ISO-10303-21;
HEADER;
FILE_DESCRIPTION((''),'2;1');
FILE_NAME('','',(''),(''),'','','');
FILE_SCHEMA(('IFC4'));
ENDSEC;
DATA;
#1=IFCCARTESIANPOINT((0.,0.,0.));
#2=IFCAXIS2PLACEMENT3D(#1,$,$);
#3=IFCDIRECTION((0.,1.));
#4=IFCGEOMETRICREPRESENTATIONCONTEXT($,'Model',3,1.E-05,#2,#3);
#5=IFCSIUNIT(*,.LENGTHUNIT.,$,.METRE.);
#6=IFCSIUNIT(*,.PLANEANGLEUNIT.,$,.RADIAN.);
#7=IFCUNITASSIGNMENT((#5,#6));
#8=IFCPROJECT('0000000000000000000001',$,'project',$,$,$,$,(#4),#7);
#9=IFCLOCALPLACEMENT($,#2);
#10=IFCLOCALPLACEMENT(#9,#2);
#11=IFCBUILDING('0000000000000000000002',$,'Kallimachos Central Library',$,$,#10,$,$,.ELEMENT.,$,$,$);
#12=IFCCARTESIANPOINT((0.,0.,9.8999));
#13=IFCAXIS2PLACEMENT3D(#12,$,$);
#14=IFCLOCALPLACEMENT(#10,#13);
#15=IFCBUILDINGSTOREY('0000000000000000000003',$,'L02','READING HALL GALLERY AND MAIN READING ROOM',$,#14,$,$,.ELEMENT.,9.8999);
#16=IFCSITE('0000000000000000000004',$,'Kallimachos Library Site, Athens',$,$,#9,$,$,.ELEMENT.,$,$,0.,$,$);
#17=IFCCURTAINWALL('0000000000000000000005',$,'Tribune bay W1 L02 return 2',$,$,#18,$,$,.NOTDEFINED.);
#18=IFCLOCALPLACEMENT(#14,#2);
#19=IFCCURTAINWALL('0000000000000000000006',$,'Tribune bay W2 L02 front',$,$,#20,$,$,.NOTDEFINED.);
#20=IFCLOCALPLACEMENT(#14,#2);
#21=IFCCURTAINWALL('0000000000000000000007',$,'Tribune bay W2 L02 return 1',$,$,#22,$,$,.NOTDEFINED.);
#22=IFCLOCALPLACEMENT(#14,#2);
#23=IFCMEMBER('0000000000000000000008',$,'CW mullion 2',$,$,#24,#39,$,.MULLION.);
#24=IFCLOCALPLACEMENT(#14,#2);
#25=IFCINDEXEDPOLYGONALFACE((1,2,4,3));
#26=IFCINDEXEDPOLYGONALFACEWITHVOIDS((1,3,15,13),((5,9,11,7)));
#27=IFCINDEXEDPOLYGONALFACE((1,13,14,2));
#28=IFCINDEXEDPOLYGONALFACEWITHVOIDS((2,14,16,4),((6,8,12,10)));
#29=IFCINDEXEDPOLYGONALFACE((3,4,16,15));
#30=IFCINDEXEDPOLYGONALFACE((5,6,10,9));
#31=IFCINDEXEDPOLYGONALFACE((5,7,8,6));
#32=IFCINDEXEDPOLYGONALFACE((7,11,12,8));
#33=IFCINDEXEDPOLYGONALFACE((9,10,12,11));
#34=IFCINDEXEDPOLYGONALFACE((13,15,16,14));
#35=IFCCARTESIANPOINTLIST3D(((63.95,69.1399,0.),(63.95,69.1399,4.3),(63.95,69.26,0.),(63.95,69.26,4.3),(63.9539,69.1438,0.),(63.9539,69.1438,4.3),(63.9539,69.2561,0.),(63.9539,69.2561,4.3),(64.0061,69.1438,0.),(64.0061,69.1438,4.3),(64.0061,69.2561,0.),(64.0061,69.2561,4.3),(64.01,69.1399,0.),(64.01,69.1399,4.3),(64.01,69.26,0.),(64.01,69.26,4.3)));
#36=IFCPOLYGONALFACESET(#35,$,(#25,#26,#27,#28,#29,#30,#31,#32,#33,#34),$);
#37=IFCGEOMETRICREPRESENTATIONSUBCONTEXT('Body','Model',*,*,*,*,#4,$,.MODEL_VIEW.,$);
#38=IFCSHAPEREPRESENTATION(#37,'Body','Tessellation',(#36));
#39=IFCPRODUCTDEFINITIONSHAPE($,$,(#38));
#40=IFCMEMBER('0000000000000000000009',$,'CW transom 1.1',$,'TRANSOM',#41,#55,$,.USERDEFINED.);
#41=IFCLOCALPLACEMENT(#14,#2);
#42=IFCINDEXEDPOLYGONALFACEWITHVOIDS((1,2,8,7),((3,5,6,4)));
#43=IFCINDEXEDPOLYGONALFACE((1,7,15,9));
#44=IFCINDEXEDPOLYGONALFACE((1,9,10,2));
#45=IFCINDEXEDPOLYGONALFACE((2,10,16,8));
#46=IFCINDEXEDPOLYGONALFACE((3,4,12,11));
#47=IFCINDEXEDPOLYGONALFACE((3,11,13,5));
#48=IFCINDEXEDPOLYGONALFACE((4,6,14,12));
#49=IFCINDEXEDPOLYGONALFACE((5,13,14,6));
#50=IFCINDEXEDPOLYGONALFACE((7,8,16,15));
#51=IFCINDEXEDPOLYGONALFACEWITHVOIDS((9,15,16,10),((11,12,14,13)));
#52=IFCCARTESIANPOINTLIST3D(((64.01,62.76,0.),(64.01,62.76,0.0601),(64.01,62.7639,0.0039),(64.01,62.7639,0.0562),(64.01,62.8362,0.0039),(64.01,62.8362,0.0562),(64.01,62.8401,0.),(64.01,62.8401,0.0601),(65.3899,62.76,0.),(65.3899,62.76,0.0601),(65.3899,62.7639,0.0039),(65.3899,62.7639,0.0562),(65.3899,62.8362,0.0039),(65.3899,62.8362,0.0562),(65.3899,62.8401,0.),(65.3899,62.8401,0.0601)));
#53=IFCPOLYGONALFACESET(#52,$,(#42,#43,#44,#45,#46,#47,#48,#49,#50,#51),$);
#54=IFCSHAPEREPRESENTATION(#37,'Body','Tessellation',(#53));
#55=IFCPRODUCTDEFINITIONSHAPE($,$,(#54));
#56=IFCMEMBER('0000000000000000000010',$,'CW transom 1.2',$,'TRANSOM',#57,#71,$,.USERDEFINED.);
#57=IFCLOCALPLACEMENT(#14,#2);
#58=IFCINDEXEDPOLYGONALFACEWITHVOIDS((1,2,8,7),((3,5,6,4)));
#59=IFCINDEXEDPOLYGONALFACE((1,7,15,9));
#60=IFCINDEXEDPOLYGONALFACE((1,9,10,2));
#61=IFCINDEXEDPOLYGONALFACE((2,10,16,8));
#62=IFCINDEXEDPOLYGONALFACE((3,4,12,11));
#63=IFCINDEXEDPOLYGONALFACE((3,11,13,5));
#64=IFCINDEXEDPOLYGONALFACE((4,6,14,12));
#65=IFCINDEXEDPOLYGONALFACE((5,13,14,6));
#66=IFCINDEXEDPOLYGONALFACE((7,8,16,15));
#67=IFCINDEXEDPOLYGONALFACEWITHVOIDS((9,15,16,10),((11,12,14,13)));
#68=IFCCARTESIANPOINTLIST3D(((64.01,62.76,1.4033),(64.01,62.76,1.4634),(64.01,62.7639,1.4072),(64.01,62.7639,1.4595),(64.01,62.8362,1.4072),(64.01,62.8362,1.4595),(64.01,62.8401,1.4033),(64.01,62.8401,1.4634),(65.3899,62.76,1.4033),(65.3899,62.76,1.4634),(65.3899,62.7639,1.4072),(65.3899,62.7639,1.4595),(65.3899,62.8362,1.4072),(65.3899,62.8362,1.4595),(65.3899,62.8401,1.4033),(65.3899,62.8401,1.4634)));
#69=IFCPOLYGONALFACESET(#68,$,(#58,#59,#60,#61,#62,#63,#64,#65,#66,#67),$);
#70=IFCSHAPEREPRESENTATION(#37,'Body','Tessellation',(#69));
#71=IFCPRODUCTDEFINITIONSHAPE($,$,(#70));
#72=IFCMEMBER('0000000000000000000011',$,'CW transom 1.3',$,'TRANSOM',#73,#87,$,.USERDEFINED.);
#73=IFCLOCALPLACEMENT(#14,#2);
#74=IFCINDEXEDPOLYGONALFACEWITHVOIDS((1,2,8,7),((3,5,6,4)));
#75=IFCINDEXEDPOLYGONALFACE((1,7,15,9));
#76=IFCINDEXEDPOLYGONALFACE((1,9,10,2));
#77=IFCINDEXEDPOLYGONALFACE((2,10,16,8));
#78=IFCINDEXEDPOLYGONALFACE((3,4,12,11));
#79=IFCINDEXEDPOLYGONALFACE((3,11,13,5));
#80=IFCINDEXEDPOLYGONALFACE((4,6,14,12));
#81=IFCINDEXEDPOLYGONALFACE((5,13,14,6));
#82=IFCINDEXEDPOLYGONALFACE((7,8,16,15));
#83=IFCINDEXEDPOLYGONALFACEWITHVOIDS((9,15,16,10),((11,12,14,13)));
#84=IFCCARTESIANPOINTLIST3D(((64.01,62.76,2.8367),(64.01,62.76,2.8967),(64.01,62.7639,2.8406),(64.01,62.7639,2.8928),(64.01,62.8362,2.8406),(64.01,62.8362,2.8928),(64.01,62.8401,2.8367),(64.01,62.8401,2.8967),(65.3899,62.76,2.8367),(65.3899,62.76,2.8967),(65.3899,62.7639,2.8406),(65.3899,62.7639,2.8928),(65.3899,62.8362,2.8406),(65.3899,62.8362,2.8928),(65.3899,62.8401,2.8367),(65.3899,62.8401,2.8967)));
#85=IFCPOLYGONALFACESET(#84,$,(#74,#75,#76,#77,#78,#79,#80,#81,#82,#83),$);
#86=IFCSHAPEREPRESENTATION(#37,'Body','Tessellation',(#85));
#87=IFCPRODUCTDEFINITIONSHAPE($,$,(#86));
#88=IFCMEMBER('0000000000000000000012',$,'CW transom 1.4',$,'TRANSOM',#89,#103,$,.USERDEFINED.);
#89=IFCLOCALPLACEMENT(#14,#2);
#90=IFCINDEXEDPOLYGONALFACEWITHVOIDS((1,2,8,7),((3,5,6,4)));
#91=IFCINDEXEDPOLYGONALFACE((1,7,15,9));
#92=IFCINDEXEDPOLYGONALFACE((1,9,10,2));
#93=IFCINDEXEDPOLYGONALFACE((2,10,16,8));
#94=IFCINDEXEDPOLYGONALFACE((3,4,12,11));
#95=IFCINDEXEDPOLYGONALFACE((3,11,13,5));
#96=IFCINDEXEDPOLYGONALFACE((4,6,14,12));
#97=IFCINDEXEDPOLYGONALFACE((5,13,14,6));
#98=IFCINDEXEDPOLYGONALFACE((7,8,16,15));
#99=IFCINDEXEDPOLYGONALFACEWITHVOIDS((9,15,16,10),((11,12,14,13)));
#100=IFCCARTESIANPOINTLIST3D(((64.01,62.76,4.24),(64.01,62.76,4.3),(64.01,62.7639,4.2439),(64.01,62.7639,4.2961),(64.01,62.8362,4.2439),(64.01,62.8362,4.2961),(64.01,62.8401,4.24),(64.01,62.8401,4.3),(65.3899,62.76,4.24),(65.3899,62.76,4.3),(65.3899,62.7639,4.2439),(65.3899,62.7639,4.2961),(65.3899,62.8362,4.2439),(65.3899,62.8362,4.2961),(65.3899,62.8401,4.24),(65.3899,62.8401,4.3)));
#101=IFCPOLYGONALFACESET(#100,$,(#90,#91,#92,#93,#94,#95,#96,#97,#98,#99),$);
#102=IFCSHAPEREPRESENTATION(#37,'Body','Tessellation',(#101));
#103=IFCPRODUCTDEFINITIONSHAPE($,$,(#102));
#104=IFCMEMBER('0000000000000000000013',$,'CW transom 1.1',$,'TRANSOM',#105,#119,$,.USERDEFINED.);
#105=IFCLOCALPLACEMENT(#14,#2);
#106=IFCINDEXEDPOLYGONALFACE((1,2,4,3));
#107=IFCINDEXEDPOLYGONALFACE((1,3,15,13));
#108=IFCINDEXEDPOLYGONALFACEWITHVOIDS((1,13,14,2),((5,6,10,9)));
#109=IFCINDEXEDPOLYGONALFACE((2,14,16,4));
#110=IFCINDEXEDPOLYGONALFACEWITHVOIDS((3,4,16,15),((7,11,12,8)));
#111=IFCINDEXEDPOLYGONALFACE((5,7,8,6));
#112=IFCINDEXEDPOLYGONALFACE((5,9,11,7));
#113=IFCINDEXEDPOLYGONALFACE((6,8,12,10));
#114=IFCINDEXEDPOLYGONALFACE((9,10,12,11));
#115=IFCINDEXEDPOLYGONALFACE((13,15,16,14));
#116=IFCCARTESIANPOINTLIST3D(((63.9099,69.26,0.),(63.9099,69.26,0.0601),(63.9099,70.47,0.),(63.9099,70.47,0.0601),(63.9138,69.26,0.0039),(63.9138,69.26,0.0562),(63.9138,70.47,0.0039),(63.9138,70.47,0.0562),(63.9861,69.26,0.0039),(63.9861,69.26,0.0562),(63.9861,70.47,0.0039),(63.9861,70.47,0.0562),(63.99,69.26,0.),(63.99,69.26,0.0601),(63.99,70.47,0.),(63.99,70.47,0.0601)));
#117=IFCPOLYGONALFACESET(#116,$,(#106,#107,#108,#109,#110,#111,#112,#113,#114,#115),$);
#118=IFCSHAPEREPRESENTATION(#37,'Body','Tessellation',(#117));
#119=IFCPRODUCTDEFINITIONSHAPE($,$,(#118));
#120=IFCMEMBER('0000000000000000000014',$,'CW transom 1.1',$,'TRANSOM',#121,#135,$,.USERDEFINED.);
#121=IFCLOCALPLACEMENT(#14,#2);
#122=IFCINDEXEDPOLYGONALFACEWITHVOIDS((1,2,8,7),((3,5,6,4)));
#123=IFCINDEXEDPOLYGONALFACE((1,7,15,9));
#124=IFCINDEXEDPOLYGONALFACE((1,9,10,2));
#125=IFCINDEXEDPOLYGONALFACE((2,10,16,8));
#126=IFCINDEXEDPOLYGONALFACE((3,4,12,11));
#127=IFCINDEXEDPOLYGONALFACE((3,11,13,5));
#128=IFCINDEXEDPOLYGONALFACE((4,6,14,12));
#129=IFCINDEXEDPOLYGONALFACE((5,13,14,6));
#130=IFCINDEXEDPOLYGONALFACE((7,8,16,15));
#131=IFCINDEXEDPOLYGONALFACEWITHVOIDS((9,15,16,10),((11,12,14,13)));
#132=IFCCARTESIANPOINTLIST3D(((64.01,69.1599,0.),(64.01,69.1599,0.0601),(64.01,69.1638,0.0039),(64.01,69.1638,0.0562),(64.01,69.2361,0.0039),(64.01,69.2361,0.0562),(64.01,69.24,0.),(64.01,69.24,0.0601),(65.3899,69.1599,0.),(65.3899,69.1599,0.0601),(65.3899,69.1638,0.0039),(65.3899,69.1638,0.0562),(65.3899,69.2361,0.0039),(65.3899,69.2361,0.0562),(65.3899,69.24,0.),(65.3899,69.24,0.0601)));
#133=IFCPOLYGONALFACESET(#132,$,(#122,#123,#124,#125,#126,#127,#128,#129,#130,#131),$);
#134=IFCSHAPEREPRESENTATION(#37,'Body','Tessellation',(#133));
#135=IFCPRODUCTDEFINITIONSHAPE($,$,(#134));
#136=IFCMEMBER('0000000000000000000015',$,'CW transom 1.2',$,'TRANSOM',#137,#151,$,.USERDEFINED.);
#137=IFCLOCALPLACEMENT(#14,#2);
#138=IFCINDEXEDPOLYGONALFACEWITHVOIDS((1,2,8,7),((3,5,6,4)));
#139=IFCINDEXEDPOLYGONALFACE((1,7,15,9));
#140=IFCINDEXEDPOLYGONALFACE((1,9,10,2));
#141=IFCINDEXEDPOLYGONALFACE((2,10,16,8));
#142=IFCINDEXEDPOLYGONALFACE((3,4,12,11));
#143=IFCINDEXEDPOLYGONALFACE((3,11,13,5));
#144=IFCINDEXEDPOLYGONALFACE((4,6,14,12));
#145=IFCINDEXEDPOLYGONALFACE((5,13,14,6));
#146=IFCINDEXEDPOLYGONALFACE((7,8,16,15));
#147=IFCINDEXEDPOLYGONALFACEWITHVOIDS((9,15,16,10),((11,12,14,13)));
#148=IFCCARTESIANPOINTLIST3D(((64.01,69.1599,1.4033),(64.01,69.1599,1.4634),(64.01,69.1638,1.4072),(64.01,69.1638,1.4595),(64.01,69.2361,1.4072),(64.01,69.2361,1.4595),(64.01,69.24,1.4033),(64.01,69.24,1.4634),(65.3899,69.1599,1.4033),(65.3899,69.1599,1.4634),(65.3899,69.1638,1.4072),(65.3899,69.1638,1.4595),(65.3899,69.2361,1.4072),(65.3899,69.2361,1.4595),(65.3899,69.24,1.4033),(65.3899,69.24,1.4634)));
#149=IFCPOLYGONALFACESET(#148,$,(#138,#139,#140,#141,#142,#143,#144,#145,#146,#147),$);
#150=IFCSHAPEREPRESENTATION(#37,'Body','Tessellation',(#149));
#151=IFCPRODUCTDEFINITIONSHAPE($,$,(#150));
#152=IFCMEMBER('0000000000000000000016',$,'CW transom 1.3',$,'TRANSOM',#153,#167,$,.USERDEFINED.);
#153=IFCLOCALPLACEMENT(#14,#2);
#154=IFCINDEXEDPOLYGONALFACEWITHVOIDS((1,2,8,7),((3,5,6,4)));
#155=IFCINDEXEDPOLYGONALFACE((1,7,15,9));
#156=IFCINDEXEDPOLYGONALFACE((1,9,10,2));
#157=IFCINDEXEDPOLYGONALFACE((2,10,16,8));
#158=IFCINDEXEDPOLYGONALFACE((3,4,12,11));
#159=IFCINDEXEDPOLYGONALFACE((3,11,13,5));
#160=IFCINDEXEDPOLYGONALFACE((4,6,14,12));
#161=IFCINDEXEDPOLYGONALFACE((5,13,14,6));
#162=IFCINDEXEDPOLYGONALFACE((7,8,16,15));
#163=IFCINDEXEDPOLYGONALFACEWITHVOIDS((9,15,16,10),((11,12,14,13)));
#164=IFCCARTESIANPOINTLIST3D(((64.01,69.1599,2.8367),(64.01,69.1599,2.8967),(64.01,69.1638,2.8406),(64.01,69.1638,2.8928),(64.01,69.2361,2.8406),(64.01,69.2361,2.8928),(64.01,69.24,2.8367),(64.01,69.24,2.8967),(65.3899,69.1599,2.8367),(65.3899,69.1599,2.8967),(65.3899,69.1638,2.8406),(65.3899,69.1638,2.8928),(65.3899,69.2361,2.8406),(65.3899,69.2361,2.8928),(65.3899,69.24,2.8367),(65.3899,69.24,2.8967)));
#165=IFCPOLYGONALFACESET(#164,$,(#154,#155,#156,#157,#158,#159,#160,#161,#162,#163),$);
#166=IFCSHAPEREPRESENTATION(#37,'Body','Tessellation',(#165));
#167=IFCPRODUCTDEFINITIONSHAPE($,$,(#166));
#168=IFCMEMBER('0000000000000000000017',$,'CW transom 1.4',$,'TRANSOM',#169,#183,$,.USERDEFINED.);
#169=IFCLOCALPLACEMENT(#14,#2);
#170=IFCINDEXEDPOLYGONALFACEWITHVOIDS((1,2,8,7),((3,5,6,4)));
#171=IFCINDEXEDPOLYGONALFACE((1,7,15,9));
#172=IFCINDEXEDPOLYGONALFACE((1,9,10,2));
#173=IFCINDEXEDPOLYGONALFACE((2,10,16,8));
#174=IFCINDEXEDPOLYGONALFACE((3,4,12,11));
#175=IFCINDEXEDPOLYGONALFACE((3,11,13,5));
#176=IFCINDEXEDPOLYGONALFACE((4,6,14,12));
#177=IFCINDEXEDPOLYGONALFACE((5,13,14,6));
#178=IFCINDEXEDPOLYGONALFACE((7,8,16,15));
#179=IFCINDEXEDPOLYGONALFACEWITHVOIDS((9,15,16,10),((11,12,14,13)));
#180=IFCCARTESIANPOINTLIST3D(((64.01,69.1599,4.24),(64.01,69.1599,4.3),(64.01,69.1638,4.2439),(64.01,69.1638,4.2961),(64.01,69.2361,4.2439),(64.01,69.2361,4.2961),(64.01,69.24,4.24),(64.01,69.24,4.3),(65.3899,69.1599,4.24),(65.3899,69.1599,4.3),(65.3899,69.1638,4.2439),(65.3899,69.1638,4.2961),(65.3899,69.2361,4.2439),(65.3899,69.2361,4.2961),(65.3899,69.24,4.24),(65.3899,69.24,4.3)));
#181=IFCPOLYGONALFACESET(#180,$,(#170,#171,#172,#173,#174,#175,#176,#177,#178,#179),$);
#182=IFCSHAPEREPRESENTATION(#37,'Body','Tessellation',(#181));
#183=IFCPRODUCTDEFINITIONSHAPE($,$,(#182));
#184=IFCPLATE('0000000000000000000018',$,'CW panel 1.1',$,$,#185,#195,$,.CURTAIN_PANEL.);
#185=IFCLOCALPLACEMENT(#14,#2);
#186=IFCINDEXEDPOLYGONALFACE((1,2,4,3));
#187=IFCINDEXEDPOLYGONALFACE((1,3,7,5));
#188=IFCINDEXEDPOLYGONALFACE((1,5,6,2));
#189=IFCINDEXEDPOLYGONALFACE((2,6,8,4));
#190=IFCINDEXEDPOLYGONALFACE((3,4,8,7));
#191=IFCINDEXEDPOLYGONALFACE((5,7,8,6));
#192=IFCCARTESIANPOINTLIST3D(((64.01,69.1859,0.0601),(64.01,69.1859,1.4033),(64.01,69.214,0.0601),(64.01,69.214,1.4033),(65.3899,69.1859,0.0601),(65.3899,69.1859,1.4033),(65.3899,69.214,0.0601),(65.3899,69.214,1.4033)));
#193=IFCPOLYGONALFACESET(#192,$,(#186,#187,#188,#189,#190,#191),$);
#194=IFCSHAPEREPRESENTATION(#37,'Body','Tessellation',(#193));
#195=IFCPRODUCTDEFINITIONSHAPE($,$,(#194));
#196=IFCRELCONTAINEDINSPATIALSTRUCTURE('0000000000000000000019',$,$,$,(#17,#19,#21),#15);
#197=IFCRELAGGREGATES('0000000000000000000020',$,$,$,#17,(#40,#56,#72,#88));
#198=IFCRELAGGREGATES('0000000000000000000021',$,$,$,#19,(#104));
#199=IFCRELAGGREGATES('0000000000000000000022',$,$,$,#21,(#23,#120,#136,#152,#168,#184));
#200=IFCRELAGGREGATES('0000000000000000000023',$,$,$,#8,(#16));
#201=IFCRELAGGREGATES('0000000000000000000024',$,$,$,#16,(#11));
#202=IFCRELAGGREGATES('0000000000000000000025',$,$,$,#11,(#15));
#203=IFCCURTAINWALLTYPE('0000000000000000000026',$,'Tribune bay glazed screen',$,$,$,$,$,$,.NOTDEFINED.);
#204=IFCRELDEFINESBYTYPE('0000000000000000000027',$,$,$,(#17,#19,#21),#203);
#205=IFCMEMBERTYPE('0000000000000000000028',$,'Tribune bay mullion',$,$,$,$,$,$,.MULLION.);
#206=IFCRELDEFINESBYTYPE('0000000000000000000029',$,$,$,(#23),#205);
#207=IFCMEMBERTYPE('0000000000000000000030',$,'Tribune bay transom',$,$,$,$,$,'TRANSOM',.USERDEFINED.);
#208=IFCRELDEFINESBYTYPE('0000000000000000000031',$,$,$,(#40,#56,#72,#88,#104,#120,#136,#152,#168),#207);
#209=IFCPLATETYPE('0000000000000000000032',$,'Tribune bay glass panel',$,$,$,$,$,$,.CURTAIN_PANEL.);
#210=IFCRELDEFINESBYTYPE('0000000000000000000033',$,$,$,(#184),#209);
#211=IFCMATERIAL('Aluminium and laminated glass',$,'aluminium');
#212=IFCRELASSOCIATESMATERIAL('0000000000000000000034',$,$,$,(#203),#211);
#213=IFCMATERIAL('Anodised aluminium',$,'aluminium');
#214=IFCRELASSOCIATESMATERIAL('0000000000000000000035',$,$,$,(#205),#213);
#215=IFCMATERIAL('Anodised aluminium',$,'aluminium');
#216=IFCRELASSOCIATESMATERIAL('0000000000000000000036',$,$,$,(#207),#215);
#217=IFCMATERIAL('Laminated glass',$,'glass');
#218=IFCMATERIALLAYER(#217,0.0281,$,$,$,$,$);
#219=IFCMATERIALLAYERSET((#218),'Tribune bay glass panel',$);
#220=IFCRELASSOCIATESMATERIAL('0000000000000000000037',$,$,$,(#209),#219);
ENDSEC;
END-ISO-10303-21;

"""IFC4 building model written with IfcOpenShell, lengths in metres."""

from ifc_helpers import new_model, si_unit, direction, frame, origin, origin_2d, place, context, subcontext, project, spatial, rectangle, hollow_rectangle, extrude, material, layer, layer_set, material_profile, profile_set, type_object, element, aggregate, save


model = new_model("IFC4")

# Units and contexts
model_context = context("Model", 3, precision=1e-05, world=origin(), true_north=direction((0.0, 1.0)))
body_context = subcontext(model_context, "Body", "Model", "MODEL_VIEW")
ifc_project = project(units=[si_unit("LENGTHUNIT", "METRE"), si_unit("PLANEANGLEUNIT", "RADIAN")], contexts=[model_context])

# Site, building, storey
site_placement = place(None, origin())
site = spatial("IfcSite", under=ifc_project, at=site_placement, Name="Kallimachos Library Site, Athens", CompositionType="ELEMENT", RefElevation=0.0)
building_placement = place(site_placement, origin())
building = spatial("IfcBuilding", under=site, at=building_placement, Name="Kallimachos Central Library", CompositionType="ELEMENT")
storey_placement = place(building_placement, frame((0.0, 0.0, 9.8999)))
storey = spatial("IfcBuildingStorey", under=building, at=storey_placement, Name="L02", Description="READING HALL GALLERY AND MAIN READING ROOM", CompositionType="ELEMENT", Elevation=9.8999)

# Curtain walls
ifc_material_1 = material(Name="Aluminium and laminated glass", Category="aluminium")
curtain_wall_type = type_object("IfcCurtainWallType", Name="Tribune bay glazed screen", PredefinedType="NOTDEFINED", material=ifc_material_1)
curtain_wall_1_placement = place(storey_placement, origin())
curtain_wall_1 = element("IfcCurtainWall", 1, at=curtain_wall_1_placement, inside=storey, type_object=curtain_wall_type, Name="Tribune bay W1 L02 return 2", PredefinedType="NOTDEFINED")
ifc_material_2 = material(Name="Anodised aluminium", Category="aluminium")
ifc_material_profile_1 = material_profile(ifc_material_2, hollow_rectangle(XDim=0.0601, YDim=0.1201, WallThickness=0.0039, at=origin_2d()), Name="ALU MULLION 60x120")
ifc_profile_set_1 = profile_set([ifc_material_profile_1], Name="Anodised aluminium")
member_type_1 = type_object("IfcMemberType", Name="Tribune bay mullion", PredefinedType="MULLION", material=ifc_profile_set_1)
curtain_wall_2_placement = place(storey_placement, origin())
curtain_wall_2 = element("IfcCurtainWall", 2, at=curtain_wall_2_placement, inside=storey, type_object=curtain_wall_type, Name="Tribune bay W2 L02 front", PredefinedType="NOTDEFINED")

# Curtain wall, member
curtain_wall_3_placement = place(storey_placement, origin())
curtain_wall_3 = element("IfcCurtainWall", 3, at=curtain_wall_3_placement, inside=storey, type_object=curtain_wall_type, Name="Tribune bay W2 L02 return 1", PredefinedType="NOTDEFINED")
member_1_placement = place(storey_placement, frame((63.98, 69.2, 0.0), z_axis=(0.0, 0.0, 1.0), x_axis=(-1.0, 0.0, 0.0)))
member_1 = element("IfcMember", 4, at=member_1_placement, type_object=member_type_1, Name="CW mullion 2", PredefinedType="MULLION", context=body_context, shape_type="SweptSolid", body=[
    extrude(hollow_rectangle(XDim=0.0601, YDim=0.1201, WallThickness=0.0039, at=origin_2d()), origin(), (0.0, 0.0, 1.0), 4.3),
])

# Members
ifc_material_3 = material(Name="Anodised aluminium", Category="aluminium")
ifc_material_profile_2 = material_profile(ifc_material_3, hollow_rectangle(XDim=0.0601, YDim=0.0801, WallThickness=0.0039, at=origin_2d()), Name="ALU TRANSOM 60x80")
ifc_profile_set_2 = profile_set([ifc_material_profile_2], Name="Anodised aluminium")
member_type_2 = type_object("IfcMemberType", Name="Tribune bay transom", ElementType="TRANSOM", PredefinedType="USERDEFINED", material=ifc_profile_set_2)
member_2_placement = place(storey_placement, frame((65.3899, 62.8, 0.03), z_axis=(-1.0, 0.0, 0.0), x_axis=(0.0, 0.0, 1.0)))
member_2 = element("IfcMember", 5, at=member_2_placement, type_object=member_type_2, Name="CW transom 1.1", ObjectType="TRANSOM", PredefinedType="USERDEFINED", context=body_context, shape_type="SweptSolid", body=[
    extrude(hollow_rectangle(XDim=0.0601, YDim=0.0801, WallThickness=0.0039, at=origin_2d()), origin(), (0.0, 0.0, 1.0), 1.3799),
])
member_3_placement = place(storey_placement, frame((65.3899, 62.8, 1.4333), z_axis=(-1.0, 0.0, 0.0), x_axis=(0.0, 0.0, 1.0)))
member_3 = element("IfcMember", 6, at=member_3_placement, type_object=member_type_2, Name="CW transom 1.2", ObjectType="TRANSOM", PredefinedType="USERDEFINED", context=body_context, shape_type="SweptSolid", body=[
    extrude(hollow_rectangle(XDim=0.0601, YDim=0.0801, WallThickness=0.0039, at=origin_2d()), origin(), (0.0, 0.0, 1.0), 1.3799),
])
member_4_placement = place(storey_placement, frame((65.3899, 62.8, 2.8667), z_axis=(-1.0, 0.0, 0.0), x_axis=(0.0, 0.0, 1.0)))
member_4 = element("IfcMember", 7, at=member_4_placement, type_object=member_type_2, Name="CW transom 1.3", ObjectType="TRANSOM", PredefinedType="USERDEFINED", context=body_context, shape_type="SweptSolid", body=[
    extrude(hollow_rectangle(XDim=0.0601, YDim=0.0801, WallThickness=0.0039, at=origin_2d()), origin(), (0.0, 0.0, 1.0), 1.3799),
])
member_5_placement = place(storey_placement, frame((65.3899, 62.8, 4.27), z_axis=(-1.0, 0.0, 0.0), x_axis=(0.0, 0.0, 1.0)))
member_5 = element("IfcMember", 8, at=member_5_placement, type_object=member_type_2, Name="CW transom 1.4", ObjectType="TRANSOM", PredefinedType="USERDEFINED", context=body_context, shape_type="SweptSolid", body=[
    extrude(hollow_rectangle(XDim=0.0601, YDim=0.0801, WallThickness=0.0039, at=origin_2d()), origin(), (0.0, 0.0, 1.0), 1.3799),
])
aggregate(curtain_wall_1, [member_2, member_3, member_4, member_5])
member_6_placement = place(storey_placement, frame((63.95, 69.26, 0.03), z_axis=(0.0, 1.0, 0.0), x_axis=(0.0, 0.0, 1.0)))
member_6 = element("IfcMember", 9, at=member_6_placement, type_object=member_type_2, Name="CW transom 1.1", ObjectType="TRANSOM", PredefinedType="USERDEFINED", context=body_context, shape_type="SweptSolid", body=[
    extrude(hollow_rectangle(XDim=0.0601, YDim=0.0801, WallThickness=0.0039, at=origin_2d()), origin(), (0.0, 0.0, 1.0), 1.21),
])
aggregate(curtain_wall_2, [member_6])
member_7_placement = place(storey_placement, frame((65.3899, 69.2, 0.03), z_axis=(-1.0, 0.0, 0.0), x_axis=(0.0, 0.0, 1.0)))
member_7 = element("IfcMember", 10, at=member_7_placement, type_object=member_type_2, Name="CW transom 1.1", ObjectType="TRANSOM", PredefinedType="USERDEFINED", context=body_context, shape_type="SweptSolid", body=[
    extrude(hollow_rectangle(XDim=0.0601, YDim=0.0801, WallThickness=0.0039, at=origin_2d()), origin(), (0.0, 0.0, 1.0), 1.3799),
])
member_8_placement = place(storey_placement, frame((65.3899, 69.2, 1.4333), z_axis=(-1.0, 0.0, 0.0), x_axis=(0.0, 0.0, 1.0)))
member_8 = element("IfcMember", 11, at=member_8_placement, type_object=member_type_2, Name="CW transom 1.2", ObjectType="TRANSOM", PredefinedType="USERDEFINED", context=body_context, shape_type="SweptSolid", body=[
    extrude(hollow_rectangle(XDim=0.0601, YDim=0.0801, WallThickness=0.0039, at=origin_2d()), origin(), (0.0, 0.0, 1.0), 1.3799),
])
member_9_placement = place(storey_placement, frame((65.3899, 69.2, 2.8667), z_axis=(-1.0, 0.0, 0.0), x_axis=(0.0, 0.0, 1.0)))
member_9 = element("IfcMember", 12, at=member_9_placement, type_object=member_type_2, Name="CW transom 1.3", ObjectType="TRANSOM", PredefinedType="USERDEFINED", context=body_context, shape_type="SweptSolid", body=[
    extrude(hollow_rectangle(XDim=0.0601, YDim=0.0801, WallThickness=0.0039, at=origin_2d()), origin(), (0.0, 0.0, 1.0), 1.3799),
])
member_10_placement = place(storey_placement, frame((65.3899, 69.2, 4.27), z_axis=(-1.0, 0.0, 0.0), x_axis=(0.0, 0.0, 1.0)))
member_10 = element("IfcMember", 13, at=member_10_placement, type_object=member_type_2, Name="CW transom 1.4", ObjectType="TRANSOM", PredefinedType="USERDEFINED", context=body_context, shape_type="SweptSolid", body=[
    extrude(hollow_rectangle(XDim=0.0601, YDim=0.0801, WallThickness=0.0039, at=origin_2d()), origin(), (0.0, 0.0, 1.0), 1.3799),
])

# Plate
ifc_material_4 = material(Name="Laminated glass", Category="glass")
ifc_layer_1 = layer(ifc_material_4, 0.0281)
ifc_layer_set_1 = layer_set([ifc_layer_1], Name="Tribune bay glass panel")
plate_type = type_object("IfcPlateType", Name="Tribune bay glass panel", PredefinedType="CURTAIN_PANEL", material=ifc_layer_set_1)
plate_1_placement = place(storey_placement, frame((64.7, 69.2, 0.0601), z_axis=(0.0, 0.0, 1.0), x_axis=(-1.0, 0.0, 0.0)))
plate_1 = element("IfcPlate", 14, at=plate_1_placement, type_object=plate_type, Name="CW panel 1.1", PredefinedType="CURTAIN_PANEL", context=body_context, shape_type="SweptSolid", body=[
    extrude(rectangle(XDim=1.3799, YDim=0.0281, at=origin_2d()), origin(), (0.0, 0.0, 1.0), 1.3433),
])
aggregate(curtain_wall_3, [member_1, member_7, member_8, member_9, member_10, plate_1])

save(model, "model.ifc")
